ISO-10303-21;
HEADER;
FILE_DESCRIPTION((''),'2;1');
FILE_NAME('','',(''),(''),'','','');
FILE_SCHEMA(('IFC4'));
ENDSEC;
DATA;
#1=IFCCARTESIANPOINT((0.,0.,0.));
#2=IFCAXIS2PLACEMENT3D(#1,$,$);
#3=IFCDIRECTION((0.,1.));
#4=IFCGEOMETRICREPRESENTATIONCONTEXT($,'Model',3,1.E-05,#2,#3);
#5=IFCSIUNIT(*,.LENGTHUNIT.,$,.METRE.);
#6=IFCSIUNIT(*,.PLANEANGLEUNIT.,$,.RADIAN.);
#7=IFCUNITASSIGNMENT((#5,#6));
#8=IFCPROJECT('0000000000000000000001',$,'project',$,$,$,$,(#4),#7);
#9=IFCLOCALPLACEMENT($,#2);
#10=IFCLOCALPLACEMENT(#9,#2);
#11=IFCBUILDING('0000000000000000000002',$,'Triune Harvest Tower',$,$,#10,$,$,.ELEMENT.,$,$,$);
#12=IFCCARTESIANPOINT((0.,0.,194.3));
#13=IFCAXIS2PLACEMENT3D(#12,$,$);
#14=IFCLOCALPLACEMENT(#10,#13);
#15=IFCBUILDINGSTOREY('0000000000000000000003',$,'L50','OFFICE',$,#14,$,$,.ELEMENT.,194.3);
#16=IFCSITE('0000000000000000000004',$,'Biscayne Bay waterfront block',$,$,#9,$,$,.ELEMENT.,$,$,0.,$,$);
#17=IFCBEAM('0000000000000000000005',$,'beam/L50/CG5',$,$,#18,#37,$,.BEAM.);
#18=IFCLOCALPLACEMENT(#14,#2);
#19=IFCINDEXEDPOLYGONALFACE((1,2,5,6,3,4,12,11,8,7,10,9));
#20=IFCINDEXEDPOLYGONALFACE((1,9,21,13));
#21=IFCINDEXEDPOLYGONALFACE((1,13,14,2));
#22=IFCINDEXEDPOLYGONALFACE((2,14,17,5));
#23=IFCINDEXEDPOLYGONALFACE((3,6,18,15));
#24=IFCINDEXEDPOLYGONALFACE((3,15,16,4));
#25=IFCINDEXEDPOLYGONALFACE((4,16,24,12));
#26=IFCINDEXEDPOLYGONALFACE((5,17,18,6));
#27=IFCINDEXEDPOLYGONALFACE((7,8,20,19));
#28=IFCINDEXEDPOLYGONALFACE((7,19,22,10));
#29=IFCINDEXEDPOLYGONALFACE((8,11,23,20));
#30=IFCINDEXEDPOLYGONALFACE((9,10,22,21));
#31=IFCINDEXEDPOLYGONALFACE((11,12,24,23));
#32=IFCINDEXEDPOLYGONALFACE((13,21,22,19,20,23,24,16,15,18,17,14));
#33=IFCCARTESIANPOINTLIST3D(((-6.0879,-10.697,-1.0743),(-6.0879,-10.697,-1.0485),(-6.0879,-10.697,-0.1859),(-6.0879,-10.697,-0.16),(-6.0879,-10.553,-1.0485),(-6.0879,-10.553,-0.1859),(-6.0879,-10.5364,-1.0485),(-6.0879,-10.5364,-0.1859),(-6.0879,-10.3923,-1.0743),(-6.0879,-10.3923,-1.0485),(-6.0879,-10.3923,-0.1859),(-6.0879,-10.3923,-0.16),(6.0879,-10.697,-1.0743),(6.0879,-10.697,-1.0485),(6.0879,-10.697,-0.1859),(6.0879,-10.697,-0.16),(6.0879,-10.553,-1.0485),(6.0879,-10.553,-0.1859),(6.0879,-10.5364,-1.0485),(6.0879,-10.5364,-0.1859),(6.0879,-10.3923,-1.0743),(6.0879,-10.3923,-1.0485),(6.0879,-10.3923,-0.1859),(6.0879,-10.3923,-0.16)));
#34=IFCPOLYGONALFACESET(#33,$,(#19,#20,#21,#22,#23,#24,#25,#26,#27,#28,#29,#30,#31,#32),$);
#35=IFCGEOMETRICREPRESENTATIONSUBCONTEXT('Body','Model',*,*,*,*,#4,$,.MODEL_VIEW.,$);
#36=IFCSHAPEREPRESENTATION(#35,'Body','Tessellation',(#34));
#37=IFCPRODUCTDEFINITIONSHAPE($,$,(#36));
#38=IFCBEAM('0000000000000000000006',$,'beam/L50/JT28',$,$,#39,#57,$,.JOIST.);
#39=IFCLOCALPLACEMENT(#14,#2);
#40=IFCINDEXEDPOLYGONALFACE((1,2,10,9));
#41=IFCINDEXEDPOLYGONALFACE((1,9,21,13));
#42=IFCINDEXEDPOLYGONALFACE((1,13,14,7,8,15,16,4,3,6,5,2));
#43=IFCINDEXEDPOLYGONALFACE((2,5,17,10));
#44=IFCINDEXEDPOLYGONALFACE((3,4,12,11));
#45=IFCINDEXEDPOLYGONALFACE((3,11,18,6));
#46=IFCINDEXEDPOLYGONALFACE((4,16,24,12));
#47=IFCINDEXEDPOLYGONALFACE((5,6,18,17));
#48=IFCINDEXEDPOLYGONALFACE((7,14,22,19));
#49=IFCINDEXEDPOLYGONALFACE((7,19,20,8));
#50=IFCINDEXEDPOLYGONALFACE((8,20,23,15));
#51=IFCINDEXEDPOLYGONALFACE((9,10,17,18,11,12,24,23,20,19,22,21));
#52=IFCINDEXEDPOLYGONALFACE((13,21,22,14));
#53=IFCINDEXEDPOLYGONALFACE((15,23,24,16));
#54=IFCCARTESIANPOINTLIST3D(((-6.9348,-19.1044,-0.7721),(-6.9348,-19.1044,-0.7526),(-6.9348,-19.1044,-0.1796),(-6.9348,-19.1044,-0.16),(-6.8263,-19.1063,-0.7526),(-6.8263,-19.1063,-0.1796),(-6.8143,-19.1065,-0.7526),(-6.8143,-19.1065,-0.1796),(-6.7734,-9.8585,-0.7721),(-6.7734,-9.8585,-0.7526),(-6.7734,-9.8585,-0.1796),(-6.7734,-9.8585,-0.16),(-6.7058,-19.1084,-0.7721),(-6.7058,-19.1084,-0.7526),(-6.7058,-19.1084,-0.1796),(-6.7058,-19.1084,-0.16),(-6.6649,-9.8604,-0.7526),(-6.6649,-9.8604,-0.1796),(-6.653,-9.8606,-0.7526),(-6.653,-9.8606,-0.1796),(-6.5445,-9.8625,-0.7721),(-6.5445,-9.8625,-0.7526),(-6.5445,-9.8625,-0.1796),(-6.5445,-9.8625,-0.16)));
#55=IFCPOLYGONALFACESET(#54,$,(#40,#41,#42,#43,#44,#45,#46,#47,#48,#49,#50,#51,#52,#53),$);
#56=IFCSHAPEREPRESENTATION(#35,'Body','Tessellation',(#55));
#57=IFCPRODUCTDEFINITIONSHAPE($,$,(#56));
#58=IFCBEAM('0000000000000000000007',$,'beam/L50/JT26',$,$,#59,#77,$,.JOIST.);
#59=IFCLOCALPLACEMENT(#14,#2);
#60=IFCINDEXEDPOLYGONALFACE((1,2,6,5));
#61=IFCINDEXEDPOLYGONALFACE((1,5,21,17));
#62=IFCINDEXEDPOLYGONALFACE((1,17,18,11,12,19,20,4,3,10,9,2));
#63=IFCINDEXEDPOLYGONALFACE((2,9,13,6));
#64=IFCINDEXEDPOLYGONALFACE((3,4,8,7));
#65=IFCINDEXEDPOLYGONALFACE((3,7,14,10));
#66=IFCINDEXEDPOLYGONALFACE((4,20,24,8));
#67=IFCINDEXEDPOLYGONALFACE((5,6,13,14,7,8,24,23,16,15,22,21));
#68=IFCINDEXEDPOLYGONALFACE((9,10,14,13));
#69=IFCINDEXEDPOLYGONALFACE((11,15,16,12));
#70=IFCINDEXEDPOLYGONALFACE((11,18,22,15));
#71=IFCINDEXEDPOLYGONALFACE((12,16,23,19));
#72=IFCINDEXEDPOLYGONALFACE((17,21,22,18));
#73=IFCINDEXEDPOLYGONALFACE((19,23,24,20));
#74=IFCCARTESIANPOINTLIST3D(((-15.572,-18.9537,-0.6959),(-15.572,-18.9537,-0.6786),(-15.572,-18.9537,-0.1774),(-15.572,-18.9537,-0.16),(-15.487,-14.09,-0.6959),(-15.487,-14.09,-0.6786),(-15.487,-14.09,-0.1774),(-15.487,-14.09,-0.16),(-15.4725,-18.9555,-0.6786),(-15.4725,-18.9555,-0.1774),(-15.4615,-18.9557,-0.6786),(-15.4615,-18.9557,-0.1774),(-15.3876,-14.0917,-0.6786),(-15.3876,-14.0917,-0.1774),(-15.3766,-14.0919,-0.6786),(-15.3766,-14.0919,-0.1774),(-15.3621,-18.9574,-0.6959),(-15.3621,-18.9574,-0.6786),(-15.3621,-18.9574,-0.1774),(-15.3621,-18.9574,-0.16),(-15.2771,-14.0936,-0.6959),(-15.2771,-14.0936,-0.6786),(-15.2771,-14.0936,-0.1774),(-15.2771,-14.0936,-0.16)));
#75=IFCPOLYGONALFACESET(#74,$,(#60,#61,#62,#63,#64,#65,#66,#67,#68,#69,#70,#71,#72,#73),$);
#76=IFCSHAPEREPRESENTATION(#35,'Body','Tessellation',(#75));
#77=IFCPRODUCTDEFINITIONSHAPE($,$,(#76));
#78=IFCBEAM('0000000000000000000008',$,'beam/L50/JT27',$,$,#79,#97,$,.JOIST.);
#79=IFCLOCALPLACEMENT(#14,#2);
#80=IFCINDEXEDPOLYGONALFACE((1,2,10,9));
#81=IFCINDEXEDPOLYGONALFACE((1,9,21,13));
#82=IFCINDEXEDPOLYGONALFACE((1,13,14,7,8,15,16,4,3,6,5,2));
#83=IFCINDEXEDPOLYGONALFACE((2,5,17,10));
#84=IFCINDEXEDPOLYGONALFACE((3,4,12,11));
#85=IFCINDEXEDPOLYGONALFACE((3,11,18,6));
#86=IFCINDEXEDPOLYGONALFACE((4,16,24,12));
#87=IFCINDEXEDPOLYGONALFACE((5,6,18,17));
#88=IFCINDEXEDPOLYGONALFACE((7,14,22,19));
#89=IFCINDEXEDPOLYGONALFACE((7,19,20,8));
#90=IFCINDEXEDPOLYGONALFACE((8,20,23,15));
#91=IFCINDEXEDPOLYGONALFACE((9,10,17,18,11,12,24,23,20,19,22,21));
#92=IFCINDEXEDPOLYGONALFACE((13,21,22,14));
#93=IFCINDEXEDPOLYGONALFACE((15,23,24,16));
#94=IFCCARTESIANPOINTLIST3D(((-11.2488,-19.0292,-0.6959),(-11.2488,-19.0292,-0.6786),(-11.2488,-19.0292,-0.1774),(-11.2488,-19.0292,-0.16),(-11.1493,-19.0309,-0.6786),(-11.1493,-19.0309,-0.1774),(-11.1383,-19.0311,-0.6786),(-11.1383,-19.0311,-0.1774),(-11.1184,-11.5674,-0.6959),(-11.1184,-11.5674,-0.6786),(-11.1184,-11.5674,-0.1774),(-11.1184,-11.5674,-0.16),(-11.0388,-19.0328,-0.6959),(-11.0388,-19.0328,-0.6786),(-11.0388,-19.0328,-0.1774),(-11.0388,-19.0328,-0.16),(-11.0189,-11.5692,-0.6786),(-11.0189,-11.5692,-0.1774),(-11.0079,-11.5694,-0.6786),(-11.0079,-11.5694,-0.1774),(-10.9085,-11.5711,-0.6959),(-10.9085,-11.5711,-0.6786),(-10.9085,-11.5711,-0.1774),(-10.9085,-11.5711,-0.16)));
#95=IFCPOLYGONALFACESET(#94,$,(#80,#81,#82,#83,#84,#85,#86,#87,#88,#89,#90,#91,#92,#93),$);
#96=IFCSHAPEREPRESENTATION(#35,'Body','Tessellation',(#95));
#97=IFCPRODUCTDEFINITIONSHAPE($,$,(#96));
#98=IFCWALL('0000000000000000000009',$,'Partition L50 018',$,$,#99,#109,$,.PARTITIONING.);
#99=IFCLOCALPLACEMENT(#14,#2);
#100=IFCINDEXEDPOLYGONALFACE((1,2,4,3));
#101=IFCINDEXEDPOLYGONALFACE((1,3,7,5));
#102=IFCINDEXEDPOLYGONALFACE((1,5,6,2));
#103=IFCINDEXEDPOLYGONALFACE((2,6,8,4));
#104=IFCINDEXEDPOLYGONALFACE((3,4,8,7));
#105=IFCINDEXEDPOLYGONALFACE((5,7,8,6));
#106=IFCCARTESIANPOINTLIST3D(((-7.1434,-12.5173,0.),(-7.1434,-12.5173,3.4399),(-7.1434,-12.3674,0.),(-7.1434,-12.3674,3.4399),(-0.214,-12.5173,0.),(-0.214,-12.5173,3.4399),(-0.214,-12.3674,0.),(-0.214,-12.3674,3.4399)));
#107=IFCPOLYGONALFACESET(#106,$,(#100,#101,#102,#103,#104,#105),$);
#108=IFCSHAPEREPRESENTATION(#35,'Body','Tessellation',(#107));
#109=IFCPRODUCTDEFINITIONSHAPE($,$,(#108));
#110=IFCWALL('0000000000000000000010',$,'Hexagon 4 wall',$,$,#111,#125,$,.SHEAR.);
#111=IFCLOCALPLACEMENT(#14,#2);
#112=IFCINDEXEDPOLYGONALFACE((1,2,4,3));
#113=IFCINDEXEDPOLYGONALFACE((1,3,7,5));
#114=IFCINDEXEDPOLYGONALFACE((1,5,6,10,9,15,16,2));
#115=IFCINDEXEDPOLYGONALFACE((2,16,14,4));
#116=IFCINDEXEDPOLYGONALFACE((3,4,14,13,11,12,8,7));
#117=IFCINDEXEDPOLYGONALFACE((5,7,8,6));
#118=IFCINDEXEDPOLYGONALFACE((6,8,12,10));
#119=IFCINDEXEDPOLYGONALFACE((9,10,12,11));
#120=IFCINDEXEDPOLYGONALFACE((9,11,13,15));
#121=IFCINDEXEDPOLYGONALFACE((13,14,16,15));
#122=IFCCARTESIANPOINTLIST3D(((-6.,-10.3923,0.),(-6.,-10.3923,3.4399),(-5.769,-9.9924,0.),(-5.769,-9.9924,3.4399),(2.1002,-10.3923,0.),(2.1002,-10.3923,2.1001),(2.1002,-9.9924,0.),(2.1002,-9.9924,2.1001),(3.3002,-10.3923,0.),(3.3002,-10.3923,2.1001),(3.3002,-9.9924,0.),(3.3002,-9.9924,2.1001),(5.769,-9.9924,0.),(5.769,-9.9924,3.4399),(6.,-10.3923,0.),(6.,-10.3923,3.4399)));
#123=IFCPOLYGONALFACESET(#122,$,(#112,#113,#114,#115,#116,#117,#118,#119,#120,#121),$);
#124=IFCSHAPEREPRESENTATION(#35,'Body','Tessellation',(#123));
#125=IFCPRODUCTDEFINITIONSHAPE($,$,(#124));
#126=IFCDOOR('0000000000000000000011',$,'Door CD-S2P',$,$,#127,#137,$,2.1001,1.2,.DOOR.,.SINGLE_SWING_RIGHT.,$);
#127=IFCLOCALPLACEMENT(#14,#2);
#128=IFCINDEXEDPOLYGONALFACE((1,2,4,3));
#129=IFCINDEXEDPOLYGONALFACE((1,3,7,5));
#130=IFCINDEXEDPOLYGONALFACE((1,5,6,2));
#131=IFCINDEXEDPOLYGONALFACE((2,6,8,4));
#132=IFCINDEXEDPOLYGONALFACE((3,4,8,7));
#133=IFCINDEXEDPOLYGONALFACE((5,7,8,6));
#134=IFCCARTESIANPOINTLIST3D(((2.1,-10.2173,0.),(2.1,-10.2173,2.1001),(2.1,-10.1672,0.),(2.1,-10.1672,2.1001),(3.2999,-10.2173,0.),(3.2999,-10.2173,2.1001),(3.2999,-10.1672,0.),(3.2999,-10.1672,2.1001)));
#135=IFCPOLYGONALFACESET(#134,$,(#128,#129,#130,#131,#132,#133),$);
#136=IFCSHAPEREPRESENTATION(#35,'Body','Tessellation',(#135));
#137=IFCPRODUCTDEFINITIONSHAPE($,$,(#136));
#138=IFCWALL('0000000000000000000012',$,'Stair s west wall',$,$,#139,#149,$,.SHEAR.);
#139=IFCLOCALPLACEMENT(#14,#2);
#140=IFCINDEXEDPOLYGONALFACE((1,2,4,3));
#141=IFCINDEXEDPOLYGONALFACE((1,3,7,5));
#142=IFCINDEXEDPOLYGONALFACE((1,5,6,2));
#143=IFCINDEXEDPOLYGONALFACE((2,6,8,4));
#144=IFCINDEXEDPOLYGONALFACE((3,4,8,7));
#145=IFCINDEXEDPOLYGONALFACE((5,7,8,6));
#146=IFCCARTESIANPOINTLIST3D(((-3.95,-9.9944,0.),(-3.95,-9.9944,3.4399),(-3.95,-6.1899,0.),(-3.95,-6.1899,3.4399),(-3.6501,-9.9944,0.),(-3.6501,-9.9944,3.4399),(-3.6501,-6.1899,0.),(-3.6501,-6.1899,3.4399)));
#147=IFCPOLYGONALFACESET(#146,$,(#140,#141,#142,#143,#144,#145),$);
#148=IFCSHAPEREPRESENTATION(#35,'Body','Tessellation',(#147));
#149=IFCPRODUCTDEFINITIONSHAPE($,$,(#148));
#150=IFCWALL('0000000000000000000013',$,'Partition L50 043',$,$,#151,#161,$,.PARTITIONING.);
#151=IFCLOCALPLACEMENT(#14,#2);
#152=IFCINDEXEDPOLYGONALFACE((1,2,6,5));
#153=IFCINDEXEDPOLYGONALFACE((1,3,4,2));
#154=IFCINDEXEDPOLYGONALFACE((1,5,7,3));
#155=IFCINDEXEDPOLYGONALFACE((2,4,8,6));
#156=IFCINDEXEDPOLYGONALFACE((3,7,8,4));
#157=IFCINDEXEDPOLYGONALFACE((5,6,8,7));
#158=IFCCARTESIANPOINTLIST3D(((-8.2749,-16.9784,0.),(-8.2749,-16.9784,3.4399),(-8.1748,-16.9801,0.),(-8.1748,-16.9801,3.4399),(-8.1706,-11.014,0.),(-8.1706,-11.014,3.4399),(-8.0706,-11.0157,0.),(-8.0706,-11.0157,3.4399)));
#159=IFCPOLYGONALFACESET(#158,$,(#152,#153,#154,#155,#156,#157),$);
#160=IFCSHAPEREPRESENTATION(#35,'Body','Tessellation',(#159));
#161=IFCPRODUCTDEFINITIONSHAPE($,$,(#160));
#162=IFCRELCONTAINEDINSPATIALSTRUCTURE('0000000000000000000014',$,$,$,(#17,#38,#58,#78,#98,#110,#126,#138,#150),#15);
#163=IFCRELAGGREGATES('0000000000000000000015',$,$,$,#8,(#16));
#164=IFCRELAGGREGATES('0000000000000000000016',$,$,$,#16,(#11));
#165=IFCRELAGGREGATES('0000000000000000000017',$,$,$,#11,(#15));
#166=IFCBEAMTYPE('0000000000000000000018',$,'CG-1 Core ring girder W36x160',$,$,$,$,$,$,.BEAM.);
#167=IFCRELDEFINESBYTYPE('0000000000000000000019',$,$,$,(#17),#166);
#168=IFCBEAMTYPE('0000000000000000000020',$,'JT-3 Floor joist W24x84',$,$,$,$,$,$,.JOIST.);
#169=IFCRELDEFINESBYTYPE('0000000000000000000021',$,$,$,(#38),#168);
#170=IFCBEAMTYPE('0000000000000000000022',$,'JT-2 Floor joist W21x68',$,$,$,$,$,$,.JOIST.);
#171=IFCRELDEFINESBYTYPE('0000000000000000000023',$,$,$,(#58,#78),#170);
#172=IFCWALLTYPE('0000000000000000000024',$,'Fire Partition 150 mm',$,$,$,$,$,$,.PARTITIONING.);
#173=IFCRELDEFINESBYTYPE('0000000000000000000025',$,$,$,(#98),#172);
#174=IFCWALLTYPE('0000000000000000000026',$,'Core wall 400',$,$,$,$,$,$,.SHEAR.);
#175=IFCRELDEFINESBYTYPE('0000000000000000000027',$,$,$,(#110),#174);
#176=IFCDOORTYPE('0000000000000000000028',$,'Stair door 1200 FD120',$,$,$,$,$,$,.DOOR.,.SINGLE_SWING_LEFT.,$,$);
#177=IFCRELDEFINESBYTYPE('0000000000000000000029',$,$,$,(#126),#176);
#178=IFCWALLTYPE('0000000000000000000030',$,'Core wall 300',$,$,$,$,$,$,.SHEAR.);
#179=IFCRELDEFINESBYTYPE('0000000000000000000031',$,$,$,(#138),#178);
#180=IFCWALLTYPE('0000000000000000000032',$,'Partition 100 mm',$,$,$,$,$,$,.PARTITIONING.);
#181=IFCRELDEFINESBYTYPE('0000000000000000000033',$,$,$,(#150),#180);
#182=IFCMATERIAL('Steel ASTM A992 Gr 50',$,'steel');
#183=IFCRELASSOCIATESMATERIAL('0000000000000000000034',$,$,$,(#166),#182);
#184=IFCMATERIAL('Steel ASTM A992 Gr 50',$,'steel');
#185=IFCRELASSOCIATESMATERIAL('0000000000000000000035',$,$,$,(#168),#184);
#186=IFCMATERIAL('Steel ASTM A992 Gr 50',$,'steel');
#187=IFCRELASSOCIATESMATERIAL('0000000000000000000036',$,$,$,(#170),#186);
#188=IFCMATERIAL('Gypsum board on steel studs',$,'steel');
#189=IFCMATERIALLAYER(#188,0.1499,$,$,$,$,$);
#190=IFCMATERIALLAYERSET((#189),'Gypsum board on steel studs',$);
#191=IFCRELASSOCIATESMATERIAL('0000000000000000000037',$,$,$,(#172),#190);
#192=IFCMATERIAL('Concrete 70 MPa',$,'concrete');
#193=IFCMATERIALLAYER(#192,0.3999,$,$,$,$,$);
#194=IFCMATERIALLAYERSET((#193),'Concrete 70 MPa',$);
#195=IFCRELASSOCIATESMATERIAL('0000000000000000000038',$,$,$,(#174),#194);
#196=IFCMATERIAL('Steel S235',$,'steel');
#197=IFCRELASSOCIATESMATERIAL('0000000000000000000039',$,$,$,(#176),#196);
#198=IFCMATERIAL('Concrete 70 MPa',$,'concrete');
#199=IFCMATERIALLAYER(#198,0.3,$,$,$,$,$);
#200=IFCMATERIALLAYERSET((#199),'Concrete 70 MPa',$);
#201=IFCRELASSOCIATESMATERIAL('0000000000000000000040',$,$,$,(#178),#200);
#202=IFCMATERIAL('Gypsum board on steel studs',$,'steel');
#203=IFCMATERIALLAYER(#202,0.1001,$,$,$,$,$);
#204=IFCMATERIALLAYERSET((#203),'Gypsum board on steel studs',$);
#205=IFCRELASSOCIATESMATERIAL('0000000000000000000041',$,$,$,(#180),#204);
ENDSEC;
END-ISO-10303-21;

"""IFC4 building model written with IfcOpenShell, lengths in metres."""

from ifc_helpers import new_model, si_unit, direction, frame, frame_2d, origin, origin_2d, place, context, subcontext, project, spatial, polyline, rectangle, i_section, outline, extrude, source, transform, mapped, material, layer, layer_set, material_profile, profile_set, type_object, element, fill, save


model = new_model("IFC4")

# Units and contexts
model_context = context("Model", 3, precision=1e-05, world=origin(), true_north=direction((0.0, 1.0)))
body_context = subcontext(model_context, "Body", "Model", "MODEL_VIEW")
ifc_project = project(units=[si_unit("LENGTHUNIT", "METRE"), si_unit("PLANEANGLEUNIT", "RADIAN")], contexts=[model_context])

# Site, building, storey
site_placement = place(None, origin())
site = spatial("IfcSite", under=ifc_project, at=site_placement, Name="Biscayne Bay waterfront block", CompositionType="ELEMENT", RefElevation=0.0)
building_placement = place(site_placement, origin())
building = spatial("IfcBuilding", under=site, at=building_placement, Name="Triune Harvest Tower", CompositionType="ELEMENT")
storey_placement = place(building_placement, frame((0.0, 0.0, 194.3)))
storey = spatial("IfcBuildingStorey", under=building, at=storey_placement, Name="L50", Description="OFFICE", CompositionType="ELEMENT", Elevation=194.3)

# Beams
ifc_material_1 = material(Name="Steel ASTM A992 Gr 50", Category="steel")
ifc_material_profile_1 = material_profile(ifc_material_1, i_section(OverallWidth=0.3047, OverallDepth=0.9143, WebThickness=0.0166, FlangeThickness=0.0259, at=origin_2d()), Name="W36x160")
ifc_profile_set_1 = profile_set([ifc_material_profile_1], Name="Steel ASTM A992 Gr 50")
beam_type_1 = type_object("IfcBeamType", Name="CG-1 Core ring girder W36x160", PredefinedType="BEAM", material=ifc_profile_set_1)
shared_shape_1 = source(origin(), body_context, "Body", "SweptSolid", [
    extrude(i_section(OverallWidth=0.3047, OverallDepth=0.9143, WebThickness=0.0166, FlangeThickness=0.0259, at=origin_2d()), origin(), (0.0, 0.0, 1.0), 12.1758),
])
beam_1_placement = place(storey_placement, frame((-6.0879, -10.5447, -0.6172), z_axis=(1.0, 0.0, 0.0), x_axis=(0.0, 1.0, 0.0)))
element("IfcBeam", 1, at=beam_1_placement, inside=storey, type_object=beam_type_1, Name="beam/L50/CG5", PredefinedType="BEAM", context=body_context, shape_type="MappedRepresentation", body=[
    mapped(shared_shape_1, transform((0.0, 0.0, 0.0), scale=1.0)),
])
ifc_material_2 = material(Name="Steel ASTM A992 Gr 50", Category="steel")
ifc_material_profile_2 = material_profile(ifc_material_2, i_section(OverallWidth=0.229, OverallDepth=0.6121, WebThickness=0.012, FlangeThickness=0.0195, at=origin_2d()), Name="W24x84")
ifc_profile_set_2 = profile_set([ifc_material_profile_2], Name="Steel ASTM A992 Gr 50")
beam_type_2 = type_object("IfcBeamType", Name="JT-3 Floor joist W24x84", PredefinedType="JOIST", material=ifc_profile_set_2)
shared_shape_2 = source(origin(), body_context, "Body", "SweptSolid", [
    extrude(i_section(OverallWidth=0.229, OverallDepth=0.6121, WebThickness=0.012, FlangeThickness=0.0195, at=origin_2d()), origin(), (0.0, 0.0, 1.0), 9.2473),
])
beam_2_placement = place(storey_placement, frame((-6.8203, -19.1064, -0.4661), z_axis=(0.017451, 0.999848, 0.0), x_axis=(-0.999848, 0.017451, 0.0)))
element("IfcBeam", 2, at=beam_2_placement, inside=storey, type_object=beam_type_2, Name="beam/L50/JT28", PredefinedType="JOIST", context=body_context, shape_type="MappedRepresentation", body=[
    mapped(shared_shape_2, transform((0.0, 0.0, 0.0), scale=1.0)),
])
ifc_material_3 = material(Name="Steel ASTM A992 Gr 50", Category="steel")
ifc_material_profile_3 = material_profile(ifc_material_3, i_section(OverallWidth=0.21, OverallDepth=0.5359, WebThickness=0.011, FlangeThickness=0.0173, at=origin_2d()), Name="W21x68")
ifc_profile_set_3 = profile_set([ifc_material_profile_3], Name="Steel ASTM A992 Gr 50")
beam_type_3 = type_object("IfcBeamType", Name="JT-2 Floor joist W21x68", PredefinedType="JOIST", material=ifc_profile_set_3)
shared_shape_3 = source(origin(), body_context, "Body", "SweptSolid", [
    extrude(i_section(OverallWidth=0.21, OverallDepth=0.5359, WebThickness=0.011, FlangeThickness=0.0173, at=origin_2d()), origin(), (0.0, 0.0, 1.0), 4.8645),
])
beam_3_placement = place(storey_placement, frame((-15.467, -18.9556, -0.428), z_axis=(0.017465, 0.999847, 0.0), x_axis=(-0.999847, 0.017465, 0.0)))
element("IfcBeam", 3, at=beam_3_placement, inside=storey, type_object=beam_type_3, Name="beam/L50/JT26", PredefinedType="JOIST", context=body_context, shape_type="MappedRepresentation", body=[
    mapped(shared_shape_3, transform((0.0, 0.0, 0.0), scale=1.0)),
])
shared_shape_4 = source(origin(), body_context, "Body", "SweptSolid", [
    extrude(i_section(OverallWidth=0.21, OverallDepth=0.5359, WebThickness=0.011, FlangeThickness=0.0173, at=origin_2d()), origin(), (0.0, 0.0, 1.0), 7.4629),
])
beam_4_placement = place(storey_placement, frame((-11.1438, -19.031, -0.428), z_axis=(0.017469, 0.999847, 0.0), x_axis=(-0.999847, 0.017469, 0.0)))
element("IfcBeam", 4, at=beam_4_placement, inside=storey, type_object=beam_type_3, Name="beam/L50/JT27", PredefinedType="JOIST", context=body_context, shape_type="MappedRepresentation", body=[
    mapped(shared_shape_4, transform((0.0, 0.0, 0.0), scale=1.0)),
])

# Wall
ifc_material_4 = material(Name="Gypsum board on steel studs", Category="steel")
ifc_layer_1 = layer(ifc_material_4, 0.1499)
ifc_layer_set_1 = layer_set([ifc_layer_1], Name="Gypsum board on steel studs")
wall_type_1 = type_object("IfcWallType", Name="Fire Partition 150 mm", PredefinedType="PARTITIONING", material=ifc_layer_set_1)
wall_1_placement = place(storey_placement, frame((-7.1436, -12.4424, 0.0), z_axis=(0.0, 0.0, 1.0), x_axis=(1.0, 0.0, 0.0)))
element("IfcWall", 5, at=wall_1_placement, inside=storey, type_object=wall_type_1, Name="Partition L50 018", PredefinedType="PARTITIONING", context=body_context, shape_type="SweptSolid", body=[
    extrude(rectangle(XDim=6.9294, YDim=0.1499, at=frame_2d((3.4648, 0.0))), origin(), (0.0, 0.0, 1.0), 3.4399),
])

# Wall, opening, door
ifc_material_5 = material(Name="Concrete 70 MPa", Category="concrete")
ifc_layer_2 = layer(ifc_material_5, 0.3999)
ifc_layer_set_2 = layer_set([ifc_layer_2], Name="Concrete 70 MPa")
wall_type_2 = type_object("IfcWallType", Name="Core wall 400", PredefinedType="SHEAR", material=ifc_layer_set_2)
shared_shape_5 = source(origin(), body_context, "Body", "SweptSolid", [
    extrude(outline(polyline([(-0.1155, -0.2), (11.8845, -0.2), (11.6536, 0.2), (0.1155, 0.2), (-0.1155, -0.2)])), origin(), (0.0, 0.0, 1.0), 3.4399),
])
wall_2_placement = place(storey_placement, frame((-5.8845, -10.1924, 0.0), z_axis=(0.0, 0.0, 1.0), x_axis=(1.0, 0.0, 0.0)))
wall_2 = element("IfcWall", 6, at=wall_2_placement, inside=storey, type_object=wall_type_2, Name="Hexagon 4 wall", PredefinedType="SHEAR", context=body_context, shape_type="MappedRepresentation", body=[
    mapped(shared_shape_5, transform((0.0, 0.0, 0.0), scale=1.0)),
])
opening_1_placement = place(wall_2_placement, frame((7.9846, 0.0, 0.0)))
opening_1 = element("IfcOpeningElement", 7, at=opening_1_placement, cuts=wall_2, PredefinedType="OPENING", context=body_context, shape_type="SweptSolid", body=[
    extrude(rectangle(XDim=1.2, YDim=2.1001, at=frame_2d((0.6001, 1.05))), frame((0.0, 0.21, 0.0), z_axis=(0.0, -1.0, 0.0), x_axis=(1.0, 0.0, 0.0)), (0.0, 0.0, 1.0), 0.4199),
])
ifc_material_6 = material(Name="Steel S235", Category="steel")
door_type_1 = type_object("IfcDoorType", Name="Stair door 1200 FD120", OperationType="SINGLE_SWING_LEFT", PredefinedType="DOOR", material=ifc_material_6)
door_1_placement = place(opening_1_placement, frame((1.2, 0.0, 0.0), z_axis=(0.0, 0.0, 1.0), x_axis=(-1.0, 0.0, 0.0)))
door_1 = element("IfcDoor", 8, at=door_1_placement, inside=storey, type_object=door_type_1, Name="Door CD-S2P", OperationType="SINGLE_SWING_RIGHT", OverallHeight=2.1001, OverallWidth=1.2, PredefinedType="DOOR", context=body_context, shape_type="SweptSolid", body=[
    extrude(rectangle(XDim=1.2, YDim=2.1001, at=frame_2d((0.6001, 1.05))), frame((0.0, 0.0249, 0.0), z_axis=(0.0, -1.0, 0.0), x_axis=(1.0, 0.0, 0.0)), (0.0, 0.0, 1.0), 0.05),
])
fill(opening_1, door_1)

# Walls
ifc_material_7 = material(Name="Concrete 70 MPa", Category="concrete")
ifc_layer_3 = layer(ifc_material_7, 0.3)
ifc_layer_set_3 = layer_set([ifc_layer_3], Name="Concrete 70 MPa")
wall_type_3 = type_object("IfcWallType", Name="Core wall 300", PredefinedType="SHEAR", material=ifc_layer_set_3)
shared_shape_6 = source(origin(), body_context, "Body", "SweptSolid", [
    extrude(outline(polyline([(3.8, -0.1499), (-0.0044, -0.1499), (-0.0044, 0.1499), (3.8, 0.1499), (3.8, -0.1499)])), origin(), (0.0, 0.0, 1.0), 3.4399),
])
wall_3_placement = place(storey_placement, frame((-3.8, -9.99, 0.0), z_axis=(0.0, 0.0, 1.0), x_axis=(0.0, 1.0, 0.0)))
element("IfcWall", 9, at=wall_3_placement, inside=storey, type_object=wall_type_3, Name="Stair s west wall", PredefinedType="SHEAR", context=body_context, shape_type="MappedRepresentation", body=[
    mapped(shared_shape_6, transform((0.0, 0.0, 0.0), scale=1.0)),
])
ifc_material_8 = material(Name="Gypsum board on steel studs", Category="steel")
ifc_layer_4 = layer(ifc_material_8, 0.1001)
ifc_layer_set_4 = layer_set([ifc_layer_4], Name="Gypsum board on steel studs")
wall_type_4 = type_object("IfcWallType", Name="Partition 100 mm", PredefinedType="PARTITIONING", material=ifc_layer_set_4)
shared_shape_7 = source(origin(), body_context, "Body", "SweptSolid", [
    extrude(rectangle(XDim=5.9653, YDim=0.1001, at=frame_2d((2.9827, 0.0))), origin(), (0.0, 0.0, 1.0), 3.4399),
])
wall_4_placement = place(storey_placement, frame((-8.2249, -16.9792, 0.0), z_axis=(0.0, 0.0, 1.0), x_axis=(0.017476, 0.999847, 0.0)))
element("IfcWall", 10, at=wall_4_placement, inside=storey, type_object=wall_type_4, Name="Partition L50 043", PredefinedType="PARTITIONING", context=body_context, shape_type="MappedRepresentation", body=[
    mapped(shared_shape_7, transform((0.0, 0.0, 0.0), scale=1.0)),
])

save(model, "model.ifc")
